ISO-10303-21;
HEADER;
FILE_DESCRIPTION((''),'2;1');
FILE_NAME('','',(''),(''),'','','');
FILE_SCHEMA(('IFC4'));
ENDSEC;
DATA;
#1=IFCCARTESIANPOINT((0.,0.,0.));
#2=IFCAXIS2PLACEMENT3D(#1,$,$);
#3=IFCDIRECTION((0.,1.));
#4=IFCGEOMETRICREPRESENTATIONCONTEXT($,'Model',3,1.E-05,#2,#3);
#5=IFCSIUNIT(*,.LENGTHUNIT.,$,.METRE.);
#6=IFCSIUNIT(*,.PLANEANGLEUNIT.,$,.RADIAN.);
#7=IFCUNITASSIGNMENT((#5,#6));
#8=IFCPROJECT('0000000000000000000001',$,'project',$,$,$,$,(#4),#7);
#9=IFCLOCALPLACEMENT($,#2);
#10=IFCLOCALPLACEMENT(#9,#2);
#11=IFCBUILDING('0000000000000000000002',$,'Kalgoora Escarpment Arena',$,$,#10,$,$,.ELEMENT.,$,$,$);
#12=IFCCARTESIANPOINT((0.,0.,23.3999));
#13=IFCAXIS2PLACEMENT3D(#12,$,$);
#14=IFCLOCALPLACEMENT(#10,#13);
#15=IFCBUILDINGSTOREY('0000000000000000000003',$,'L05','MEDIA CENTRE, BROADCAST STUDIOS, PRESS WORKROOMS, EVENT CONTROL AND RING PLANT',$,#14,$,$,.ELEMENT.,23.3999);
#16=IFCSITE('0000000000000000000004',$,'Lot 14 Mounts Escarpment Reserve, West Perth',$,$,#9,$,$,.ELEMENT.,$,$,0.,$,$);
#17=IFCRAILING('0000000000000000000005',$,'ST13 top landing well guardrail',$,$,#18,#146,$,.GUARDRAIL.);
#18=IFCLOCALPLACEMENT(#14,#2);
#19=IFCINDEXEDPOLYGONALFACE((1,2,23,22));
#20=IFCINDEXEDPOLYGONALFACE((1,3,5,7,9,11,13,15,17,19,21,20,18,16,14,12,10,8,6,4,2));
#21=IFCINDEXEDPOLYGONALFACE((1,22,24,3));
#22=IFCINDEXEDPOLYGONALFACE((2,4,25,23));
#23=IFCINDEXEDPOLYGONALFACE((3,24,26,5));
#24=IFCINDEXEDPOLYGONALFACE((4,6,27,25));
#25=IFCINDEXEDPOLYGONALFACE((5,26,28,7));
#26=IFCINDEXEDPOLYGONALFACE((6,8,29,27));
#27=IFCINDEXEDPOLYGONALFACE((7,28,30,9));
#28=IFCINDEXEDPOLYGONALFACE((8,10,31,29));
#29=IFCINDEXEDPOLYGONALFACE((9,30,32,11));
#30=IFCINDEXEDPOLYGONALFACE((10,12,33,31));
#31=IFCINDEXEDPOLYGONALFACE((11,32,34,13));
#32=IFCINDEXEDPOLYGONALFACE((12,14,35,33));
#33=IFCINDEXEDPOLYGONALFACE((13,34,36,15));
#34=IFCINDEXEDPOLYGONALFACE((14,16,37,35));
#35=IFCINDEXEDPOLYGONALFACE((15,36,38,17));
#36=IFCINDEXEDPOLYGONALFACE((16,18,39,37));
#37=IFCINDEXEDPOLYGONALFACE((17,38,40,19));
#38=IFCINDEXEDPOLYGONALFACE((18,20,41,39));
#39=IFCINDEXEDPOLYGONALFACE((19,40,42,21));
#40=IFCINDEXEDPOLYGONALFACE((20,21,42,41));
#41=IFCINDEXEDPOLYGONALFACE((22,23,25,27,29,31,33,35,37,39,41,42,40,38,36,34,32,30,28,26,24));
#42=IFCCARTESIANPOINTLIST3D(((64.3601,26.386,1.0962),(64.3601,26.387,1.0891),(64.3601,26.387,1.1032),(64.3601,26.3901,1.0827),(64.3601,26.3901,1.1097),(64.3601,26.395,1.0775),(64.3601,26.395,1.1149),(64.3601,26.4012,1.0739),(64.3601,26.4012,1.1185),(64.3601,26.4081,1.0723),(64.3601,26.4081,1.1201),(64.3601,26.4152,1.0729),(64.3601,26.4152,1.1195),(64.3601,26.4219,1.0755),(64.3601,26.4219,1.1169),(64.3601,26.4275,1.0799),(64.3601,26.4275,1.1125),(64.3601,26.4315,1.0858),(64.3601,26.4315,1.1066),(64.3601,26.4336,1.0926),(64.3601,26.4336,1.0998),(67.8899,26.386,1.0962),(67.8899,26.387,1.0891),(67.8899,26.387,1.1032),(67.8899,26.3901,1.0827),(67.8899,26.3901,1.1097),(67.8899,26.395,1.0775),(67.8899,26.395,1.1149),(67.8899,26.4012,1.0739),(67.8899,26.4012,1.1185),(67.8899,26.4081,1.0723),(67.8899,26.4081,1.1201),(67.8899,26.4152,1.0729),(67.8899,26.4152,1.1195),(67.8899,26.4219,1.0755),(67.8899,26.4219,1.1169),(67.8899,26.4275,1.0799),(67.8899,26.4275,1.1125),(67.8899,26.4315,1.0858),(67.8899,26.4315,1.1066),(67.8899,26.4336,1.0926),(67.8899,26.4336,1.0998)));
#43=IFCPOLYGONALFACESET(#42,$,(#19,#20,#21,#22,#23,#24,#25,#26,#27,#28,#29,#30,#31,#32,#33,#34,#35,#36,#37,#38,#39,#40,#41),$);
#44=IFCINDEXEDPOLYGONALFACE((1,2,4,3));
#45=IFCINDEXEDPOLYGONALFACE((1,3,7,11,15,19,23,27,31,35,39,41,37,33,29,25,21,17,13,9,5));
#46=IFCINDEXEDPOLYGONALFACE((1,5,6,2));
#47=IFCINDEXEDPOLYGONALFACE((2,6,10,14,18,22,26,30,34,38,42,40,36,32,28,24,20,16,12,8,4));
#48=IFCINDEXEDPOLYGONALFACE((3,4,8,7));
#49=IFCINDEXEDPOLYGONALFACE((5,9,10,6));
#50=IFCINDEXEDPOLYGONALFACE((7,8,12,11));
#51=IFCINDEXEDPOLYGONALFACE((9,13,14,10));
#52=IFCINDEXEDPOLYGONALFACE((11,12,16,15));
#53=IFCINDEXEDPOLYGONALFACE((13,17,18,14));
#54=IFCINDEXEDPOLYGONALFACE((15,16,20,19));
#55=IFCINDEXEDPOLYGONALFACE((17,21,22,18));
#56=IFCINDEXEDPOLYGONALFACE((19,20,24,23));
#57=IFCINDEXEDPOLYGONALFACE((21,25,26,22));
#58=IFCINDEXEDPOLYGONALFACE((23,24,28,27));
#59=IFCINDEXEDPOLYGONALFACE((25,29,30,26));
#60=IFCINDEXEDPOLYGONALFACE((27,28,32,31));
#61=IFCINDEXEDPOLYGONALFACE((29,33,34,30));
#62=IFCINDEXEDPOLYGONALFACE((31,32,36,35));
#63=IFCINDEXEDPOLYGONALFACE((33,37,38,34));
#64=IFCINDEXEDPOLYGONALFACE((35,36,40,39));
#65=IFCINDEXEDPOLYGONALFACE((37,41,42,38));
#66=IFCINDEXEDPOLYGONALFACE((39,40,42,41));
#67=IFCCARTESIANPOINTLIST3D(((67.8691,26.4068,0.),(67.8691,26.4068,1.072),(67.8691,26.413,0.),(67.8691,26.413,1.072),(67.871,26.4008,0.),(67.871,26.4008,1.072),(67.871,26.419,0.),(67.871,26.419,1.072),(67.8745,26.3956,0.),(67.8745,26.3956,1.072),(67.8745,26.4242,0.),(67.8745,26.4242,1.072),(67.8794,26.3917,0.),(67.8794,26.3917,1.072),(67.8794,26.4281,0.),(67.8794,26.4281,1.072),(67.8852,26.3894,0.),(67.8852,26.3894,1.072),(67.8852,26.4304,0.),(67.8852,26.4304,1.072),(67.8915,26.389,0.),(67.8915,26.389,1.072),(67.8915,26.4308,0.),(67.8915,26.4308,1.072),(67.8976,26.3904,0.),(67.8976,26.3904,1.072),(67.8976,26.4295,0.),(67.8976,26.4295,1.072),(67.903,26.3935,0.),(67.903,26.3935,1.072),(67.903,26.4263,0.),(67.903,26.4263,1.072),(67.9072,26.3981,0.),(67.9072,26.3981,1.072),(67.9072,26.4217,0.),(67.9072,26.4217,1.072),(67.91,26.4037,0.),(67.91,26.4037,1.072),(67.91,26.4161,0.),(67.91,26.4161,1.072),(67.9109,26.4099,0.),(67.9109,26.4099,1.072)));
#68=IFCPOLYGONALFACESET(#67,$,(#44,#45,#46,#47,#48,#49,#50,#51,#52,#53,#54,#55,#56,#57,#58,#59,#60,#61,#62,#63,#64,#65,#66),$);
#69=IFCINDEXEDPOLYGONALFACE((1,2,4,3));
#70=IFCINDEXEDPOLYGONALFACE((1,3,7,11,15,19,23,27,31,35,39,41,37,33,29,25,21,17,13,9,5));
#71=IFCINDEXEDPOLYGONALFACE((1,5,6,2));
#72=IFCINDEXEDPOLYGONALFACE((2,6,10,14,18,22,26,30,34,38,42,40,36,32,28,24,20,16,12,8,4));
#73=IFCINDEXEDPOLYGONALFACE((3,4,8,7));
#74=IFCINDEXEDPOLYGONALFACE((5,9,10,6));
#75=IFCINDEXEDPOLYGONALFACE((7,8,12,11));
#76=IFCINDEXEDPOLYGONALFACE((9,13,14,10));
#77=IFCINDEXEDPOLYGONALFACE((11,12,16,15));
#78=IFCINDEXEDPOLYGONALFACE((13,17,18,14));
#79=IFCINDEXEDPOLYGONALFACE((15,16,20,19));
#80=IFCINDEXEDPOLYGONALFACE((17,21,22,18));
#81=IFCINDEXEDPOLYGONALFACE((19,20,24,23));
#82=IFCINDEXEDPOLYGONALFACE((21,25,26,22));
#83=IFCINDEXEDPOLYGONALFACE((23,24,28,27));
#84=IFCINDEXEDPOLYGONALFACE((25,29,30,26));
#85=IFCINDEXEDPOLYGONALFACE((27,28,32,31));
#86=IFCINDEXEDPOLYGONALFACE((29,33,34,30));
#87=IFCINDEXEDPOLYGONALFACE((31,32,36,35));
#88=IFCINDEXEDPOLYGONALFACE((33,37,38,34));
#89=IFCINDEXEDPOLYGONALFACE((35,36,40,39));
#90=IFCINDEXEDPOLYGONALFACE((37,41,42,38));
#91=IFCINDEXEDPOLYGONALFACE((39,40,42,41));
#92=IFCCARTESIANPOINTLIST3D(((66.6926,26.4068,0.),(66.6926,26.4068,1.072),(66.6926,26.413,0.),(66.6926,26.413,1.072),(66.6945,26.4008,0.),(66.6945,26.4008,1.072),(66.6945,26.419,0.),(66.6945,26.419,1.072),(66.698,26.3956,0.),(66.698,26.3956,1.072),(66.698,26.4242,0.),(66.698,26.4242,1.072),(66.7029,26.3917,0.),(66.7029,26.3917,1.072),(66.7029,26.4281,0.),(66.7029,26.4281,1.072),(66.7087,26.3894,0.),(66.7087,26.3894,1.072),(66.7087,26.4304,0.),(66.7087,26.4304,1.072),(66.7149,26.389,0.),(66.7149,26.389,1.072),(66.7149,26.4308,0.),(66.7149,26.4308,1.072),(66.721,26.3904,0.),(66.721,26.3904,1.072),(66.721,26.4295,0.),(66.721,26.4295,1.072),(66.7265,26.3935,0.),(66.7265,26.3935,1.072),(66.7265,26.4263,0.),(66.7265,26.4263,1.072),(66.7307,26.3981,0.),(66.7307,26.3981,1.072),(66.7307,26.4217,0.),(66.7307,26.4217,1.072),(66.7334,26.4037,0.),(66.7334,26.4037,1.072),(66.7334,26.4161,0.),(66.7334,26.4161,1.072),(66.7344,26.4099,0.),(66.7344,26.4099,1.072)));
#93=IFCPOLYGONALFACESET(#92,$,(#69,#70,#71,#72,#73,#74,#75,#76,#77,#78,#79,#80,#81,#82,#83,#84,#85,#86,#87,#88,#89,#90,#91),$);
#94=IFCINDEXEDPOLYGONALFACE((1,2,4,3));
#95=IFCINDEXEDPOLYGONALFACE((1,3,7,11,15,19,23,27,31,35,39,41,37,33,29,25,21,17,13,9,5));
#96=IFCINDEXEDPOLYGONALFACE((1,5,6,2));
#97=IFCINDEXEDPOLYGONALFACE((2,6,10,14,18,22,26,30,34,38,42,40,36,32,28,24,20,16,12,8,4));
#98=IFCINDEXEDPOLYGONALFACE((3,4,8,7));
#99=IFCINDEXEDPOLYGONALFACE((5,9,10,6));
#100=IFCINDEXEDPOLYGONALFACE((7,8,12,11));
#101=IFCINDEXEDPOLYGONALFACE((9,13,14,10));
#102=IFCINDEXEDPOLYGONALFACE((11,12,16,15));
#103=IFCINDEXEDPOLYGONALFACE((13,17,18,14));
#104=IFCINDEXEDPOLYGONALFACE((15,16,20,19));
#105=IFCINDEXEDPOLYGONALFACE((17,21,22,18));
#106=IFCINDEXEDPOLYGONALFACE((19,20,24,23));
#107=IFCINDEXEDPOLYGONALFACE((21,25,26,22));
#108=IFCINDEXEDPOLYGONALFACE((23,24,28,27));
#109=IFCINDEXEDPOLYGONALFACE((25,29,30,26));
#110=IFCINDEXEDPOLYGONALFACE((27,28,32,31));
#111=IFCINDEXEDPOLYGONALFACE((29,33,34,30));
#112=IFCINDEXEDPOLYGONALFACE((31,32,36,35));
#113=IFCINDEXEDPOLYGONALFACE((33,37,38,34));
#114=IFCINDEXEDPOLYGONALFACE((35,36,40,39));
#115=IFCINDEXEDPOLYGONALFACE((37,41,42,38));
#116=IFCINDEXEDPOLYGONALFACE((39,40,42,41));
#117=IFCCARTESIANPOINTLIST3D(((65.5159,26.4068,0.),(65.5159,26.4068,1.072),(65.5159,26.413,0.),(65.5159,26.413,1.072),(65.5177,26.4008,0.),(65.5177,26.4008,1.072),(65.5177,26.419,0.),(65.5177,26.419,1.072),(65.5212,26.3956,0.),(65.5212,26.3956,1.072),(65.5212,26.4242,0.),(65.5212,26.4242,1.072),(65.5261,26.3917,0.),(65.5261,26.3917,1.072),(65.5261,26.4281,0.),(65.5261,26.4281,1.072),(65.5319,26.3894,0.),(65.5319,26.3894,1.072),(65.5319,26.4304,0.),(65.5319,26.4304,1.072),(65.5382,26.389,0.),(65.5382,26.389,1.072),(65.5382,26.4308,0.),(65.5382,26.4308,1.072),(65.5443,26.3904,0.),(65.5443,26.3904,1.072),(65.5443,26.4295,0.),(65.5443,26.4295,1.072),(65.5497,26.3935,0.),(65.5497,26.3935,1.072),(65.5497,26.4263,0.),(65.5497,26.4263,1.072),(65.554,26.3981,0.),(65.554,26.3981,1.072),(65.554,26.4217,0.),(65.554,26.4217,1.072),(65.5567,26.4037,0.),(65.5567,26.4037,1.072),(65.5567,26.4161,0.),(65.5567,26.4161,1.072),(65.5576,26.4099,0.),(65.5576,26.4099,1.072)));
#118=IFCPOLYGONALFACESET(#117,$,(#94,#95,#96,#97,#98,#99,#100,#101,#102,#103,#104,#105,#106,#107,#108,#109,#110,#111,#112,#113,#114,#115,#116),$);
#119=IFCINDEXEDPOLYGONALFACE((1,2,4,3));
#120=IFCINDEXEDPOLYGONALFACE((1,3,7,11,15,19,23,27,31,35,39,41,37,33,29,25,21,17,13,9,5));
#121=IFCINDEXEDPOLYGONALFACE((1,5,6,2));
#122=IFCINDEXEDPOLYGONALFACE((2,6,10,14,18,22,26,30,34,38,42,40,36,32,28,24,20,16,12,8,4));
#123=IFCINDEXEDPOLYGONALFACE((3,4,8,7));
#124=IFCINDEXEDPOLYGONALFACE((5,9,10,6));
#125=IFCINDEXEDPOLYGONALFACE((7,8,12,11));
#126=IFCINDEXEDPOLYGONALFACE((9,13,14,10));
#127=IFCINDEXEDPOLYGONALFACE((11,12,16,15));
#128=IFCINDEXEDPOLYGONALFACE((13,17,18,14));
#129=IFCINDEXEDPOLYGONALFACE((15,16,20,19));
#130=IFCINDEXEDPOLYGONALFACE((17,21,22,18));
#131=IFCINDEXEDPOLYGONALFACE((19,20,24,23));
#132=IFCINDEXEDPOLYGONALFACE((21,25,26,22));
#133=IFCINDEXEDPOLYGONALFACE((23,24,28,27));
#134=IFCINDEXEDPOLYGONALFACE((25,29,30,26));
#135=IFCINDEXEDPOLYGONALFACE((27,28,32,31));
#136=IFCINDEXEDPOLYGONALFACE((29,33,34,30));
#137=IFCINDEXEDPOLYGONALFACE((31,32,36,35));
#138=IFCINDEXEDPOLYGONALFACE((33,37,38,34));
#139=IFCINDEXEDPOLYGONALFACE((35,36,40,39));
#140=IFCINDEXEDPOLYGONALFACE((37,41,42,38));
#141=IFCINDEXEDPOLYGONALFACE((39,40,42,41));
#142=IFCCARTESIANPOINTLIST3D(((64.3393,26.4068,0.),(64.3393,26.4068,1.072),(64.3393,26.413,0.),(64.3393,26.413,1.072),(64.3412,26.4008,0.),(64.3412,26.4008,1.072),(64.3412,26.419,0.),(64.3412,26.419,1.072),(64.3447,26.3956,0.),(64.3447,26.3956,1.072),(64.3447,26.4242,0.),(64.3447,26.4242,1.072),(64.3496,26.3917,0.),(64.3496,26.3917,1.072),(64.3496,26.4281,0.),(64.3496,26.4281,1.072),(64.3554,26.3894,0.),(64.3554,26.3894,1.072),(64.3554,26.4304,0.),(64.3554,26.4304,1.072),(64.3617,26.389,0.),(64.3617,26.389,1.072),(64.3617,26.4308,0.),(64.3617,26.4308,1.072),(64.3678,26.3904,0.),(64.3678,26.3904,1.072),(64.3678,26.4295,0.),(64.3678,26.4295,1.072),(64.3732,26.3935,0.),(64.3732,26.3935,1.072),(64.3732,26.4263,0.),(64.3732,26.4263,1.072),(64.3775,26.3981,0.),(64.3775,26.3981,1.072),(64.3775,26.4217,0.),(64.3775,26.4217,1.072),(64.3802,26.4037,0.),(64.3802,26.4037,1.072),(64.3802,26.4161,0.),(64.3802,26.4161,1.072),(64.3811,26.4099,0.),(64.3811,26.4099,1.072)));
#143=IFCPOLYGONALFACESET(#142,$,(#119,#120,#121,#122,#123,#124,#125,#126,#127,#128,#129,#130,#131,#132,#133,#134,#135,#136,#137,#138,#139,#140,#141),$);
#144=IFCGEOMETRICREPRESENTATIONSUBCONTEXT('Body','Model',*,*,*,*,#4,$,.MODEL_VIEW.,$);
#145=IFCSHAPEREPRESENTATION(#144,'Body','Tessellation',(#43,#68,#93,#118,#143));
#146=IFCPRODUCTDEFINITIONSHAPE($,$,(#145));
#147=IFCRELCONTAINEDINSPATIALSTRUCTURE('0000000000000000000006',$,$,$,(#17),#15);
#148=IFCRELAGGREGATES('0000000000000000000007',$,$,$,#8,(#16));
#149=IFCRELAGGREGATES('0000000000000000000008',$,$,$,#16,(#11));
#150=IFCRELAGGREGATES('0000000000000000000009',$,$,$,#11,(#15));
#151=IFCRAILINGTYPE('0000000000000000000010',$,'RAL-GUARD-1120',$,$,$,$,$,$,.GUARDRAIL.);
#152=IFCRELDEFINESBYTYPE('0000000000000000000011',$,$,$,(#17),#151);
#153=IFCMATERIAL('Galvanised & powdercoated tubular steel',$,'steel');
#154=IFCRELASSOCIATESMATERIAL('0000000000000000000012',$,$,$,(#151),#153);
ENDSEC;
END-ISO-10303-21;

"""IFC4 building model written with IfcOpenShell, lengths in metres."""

from ifc_helpers import new_model, si_unit, direction, frame, origin, origin_2d, place, context, subcontext, project, spatial, circle, extrude, material, type_object, element, save


model = new_model("IFC4")

# Units and contexts
model_context = context("Model", 3, precision=1e-05, world=origin(), true_north=direction((0.0, 1.0)))
body_context = subcontext(model_context, "Body", "Model", "MODEL_VIEW")
ifc_project = project(units=[si_unit("LENGTHUNIT", "METRE"), si_unit("PLANEANGLEUNIT", "RADIAN")], contexts=[model_context])

# Site, building, storey
site_placement = place(None, origin())
site = spatial("IfcSite", under=ifc_project, at=site_placement, Name="Lot 14 Mounts Escarpment Reserve, West Perth", CompositionType="ELEMENT", RefElevation=0.0)
building_placement = place(site_placement, origin())
building = spatial("IfcBuilding", under=site, at=building_placement, Name="Kalgoora Escarpment Arena", CompositionType="ELEMENT")
storey_placement = place(building_placement, frame((0.0, 0.0, 23.3999)))
storey = spatial("IfcBuildingStorey", under=building, at=storey_placement, Name="L05", Description="MEDIA CENTRE, BROADCAST STUDIOS, PRESS WORKROOMS, EVENT CONTROL AND RING PLANT", CompositionType="ELEMENT", Elevation=23.3999)

# Railing
ifc_material_1 = material(Name="Galvanised & powdercoated tubular steel", Category="steel")
railing_type = type_object("IfcRailingType", Name="RAL-GUARD-1120", PredefinedType="GUARDRAIL", material=ifc_material_1)
railing_placement = place(storey_placement, frame((67.8899, 26.4099, 0.0)))
element("IfcRailing", 1, at=railing_placement, inside=storey, type_object=railing_type, Name="ST13 top landing well guardrail", PredefinedType="GUARDRAIL", context=body_context, shape_type="SweptSolid", body=[
    extrude(circle(Radius=0.0239, at=origin_2d()), frame((0.0, 0.0, 1.0962), z_axis=(-1.0, 0.0, 0.0), x_axis=(0.0, -1.0, 0.0)), (0.0, 0.0, 1.0), 3.5298),
    extrude(circle(Radius=0.021, at=origin_2d()), origin(), (0.0, 0.0, 1.0), 1.072),
    extrude(circle(Radius=0.021, at=origin_2d()), frame((-1.1765, 0.0, 0.0)), (0.0, 0.0, 1.0), 1.072),
    extrude(circle(Radius=0.021, at=origin_2d()), frame((-2.3533, 0.0, 0.0)), (0.0, 0.0, 1.0), 1.072),
    extrude(circle(Radius=0.021, at=origin_2d()), frame((-3.5298, 0.0, 0.0)), (0.0, 0.0, 1.0), 1.072),
])

save(model, "model.ifc")
